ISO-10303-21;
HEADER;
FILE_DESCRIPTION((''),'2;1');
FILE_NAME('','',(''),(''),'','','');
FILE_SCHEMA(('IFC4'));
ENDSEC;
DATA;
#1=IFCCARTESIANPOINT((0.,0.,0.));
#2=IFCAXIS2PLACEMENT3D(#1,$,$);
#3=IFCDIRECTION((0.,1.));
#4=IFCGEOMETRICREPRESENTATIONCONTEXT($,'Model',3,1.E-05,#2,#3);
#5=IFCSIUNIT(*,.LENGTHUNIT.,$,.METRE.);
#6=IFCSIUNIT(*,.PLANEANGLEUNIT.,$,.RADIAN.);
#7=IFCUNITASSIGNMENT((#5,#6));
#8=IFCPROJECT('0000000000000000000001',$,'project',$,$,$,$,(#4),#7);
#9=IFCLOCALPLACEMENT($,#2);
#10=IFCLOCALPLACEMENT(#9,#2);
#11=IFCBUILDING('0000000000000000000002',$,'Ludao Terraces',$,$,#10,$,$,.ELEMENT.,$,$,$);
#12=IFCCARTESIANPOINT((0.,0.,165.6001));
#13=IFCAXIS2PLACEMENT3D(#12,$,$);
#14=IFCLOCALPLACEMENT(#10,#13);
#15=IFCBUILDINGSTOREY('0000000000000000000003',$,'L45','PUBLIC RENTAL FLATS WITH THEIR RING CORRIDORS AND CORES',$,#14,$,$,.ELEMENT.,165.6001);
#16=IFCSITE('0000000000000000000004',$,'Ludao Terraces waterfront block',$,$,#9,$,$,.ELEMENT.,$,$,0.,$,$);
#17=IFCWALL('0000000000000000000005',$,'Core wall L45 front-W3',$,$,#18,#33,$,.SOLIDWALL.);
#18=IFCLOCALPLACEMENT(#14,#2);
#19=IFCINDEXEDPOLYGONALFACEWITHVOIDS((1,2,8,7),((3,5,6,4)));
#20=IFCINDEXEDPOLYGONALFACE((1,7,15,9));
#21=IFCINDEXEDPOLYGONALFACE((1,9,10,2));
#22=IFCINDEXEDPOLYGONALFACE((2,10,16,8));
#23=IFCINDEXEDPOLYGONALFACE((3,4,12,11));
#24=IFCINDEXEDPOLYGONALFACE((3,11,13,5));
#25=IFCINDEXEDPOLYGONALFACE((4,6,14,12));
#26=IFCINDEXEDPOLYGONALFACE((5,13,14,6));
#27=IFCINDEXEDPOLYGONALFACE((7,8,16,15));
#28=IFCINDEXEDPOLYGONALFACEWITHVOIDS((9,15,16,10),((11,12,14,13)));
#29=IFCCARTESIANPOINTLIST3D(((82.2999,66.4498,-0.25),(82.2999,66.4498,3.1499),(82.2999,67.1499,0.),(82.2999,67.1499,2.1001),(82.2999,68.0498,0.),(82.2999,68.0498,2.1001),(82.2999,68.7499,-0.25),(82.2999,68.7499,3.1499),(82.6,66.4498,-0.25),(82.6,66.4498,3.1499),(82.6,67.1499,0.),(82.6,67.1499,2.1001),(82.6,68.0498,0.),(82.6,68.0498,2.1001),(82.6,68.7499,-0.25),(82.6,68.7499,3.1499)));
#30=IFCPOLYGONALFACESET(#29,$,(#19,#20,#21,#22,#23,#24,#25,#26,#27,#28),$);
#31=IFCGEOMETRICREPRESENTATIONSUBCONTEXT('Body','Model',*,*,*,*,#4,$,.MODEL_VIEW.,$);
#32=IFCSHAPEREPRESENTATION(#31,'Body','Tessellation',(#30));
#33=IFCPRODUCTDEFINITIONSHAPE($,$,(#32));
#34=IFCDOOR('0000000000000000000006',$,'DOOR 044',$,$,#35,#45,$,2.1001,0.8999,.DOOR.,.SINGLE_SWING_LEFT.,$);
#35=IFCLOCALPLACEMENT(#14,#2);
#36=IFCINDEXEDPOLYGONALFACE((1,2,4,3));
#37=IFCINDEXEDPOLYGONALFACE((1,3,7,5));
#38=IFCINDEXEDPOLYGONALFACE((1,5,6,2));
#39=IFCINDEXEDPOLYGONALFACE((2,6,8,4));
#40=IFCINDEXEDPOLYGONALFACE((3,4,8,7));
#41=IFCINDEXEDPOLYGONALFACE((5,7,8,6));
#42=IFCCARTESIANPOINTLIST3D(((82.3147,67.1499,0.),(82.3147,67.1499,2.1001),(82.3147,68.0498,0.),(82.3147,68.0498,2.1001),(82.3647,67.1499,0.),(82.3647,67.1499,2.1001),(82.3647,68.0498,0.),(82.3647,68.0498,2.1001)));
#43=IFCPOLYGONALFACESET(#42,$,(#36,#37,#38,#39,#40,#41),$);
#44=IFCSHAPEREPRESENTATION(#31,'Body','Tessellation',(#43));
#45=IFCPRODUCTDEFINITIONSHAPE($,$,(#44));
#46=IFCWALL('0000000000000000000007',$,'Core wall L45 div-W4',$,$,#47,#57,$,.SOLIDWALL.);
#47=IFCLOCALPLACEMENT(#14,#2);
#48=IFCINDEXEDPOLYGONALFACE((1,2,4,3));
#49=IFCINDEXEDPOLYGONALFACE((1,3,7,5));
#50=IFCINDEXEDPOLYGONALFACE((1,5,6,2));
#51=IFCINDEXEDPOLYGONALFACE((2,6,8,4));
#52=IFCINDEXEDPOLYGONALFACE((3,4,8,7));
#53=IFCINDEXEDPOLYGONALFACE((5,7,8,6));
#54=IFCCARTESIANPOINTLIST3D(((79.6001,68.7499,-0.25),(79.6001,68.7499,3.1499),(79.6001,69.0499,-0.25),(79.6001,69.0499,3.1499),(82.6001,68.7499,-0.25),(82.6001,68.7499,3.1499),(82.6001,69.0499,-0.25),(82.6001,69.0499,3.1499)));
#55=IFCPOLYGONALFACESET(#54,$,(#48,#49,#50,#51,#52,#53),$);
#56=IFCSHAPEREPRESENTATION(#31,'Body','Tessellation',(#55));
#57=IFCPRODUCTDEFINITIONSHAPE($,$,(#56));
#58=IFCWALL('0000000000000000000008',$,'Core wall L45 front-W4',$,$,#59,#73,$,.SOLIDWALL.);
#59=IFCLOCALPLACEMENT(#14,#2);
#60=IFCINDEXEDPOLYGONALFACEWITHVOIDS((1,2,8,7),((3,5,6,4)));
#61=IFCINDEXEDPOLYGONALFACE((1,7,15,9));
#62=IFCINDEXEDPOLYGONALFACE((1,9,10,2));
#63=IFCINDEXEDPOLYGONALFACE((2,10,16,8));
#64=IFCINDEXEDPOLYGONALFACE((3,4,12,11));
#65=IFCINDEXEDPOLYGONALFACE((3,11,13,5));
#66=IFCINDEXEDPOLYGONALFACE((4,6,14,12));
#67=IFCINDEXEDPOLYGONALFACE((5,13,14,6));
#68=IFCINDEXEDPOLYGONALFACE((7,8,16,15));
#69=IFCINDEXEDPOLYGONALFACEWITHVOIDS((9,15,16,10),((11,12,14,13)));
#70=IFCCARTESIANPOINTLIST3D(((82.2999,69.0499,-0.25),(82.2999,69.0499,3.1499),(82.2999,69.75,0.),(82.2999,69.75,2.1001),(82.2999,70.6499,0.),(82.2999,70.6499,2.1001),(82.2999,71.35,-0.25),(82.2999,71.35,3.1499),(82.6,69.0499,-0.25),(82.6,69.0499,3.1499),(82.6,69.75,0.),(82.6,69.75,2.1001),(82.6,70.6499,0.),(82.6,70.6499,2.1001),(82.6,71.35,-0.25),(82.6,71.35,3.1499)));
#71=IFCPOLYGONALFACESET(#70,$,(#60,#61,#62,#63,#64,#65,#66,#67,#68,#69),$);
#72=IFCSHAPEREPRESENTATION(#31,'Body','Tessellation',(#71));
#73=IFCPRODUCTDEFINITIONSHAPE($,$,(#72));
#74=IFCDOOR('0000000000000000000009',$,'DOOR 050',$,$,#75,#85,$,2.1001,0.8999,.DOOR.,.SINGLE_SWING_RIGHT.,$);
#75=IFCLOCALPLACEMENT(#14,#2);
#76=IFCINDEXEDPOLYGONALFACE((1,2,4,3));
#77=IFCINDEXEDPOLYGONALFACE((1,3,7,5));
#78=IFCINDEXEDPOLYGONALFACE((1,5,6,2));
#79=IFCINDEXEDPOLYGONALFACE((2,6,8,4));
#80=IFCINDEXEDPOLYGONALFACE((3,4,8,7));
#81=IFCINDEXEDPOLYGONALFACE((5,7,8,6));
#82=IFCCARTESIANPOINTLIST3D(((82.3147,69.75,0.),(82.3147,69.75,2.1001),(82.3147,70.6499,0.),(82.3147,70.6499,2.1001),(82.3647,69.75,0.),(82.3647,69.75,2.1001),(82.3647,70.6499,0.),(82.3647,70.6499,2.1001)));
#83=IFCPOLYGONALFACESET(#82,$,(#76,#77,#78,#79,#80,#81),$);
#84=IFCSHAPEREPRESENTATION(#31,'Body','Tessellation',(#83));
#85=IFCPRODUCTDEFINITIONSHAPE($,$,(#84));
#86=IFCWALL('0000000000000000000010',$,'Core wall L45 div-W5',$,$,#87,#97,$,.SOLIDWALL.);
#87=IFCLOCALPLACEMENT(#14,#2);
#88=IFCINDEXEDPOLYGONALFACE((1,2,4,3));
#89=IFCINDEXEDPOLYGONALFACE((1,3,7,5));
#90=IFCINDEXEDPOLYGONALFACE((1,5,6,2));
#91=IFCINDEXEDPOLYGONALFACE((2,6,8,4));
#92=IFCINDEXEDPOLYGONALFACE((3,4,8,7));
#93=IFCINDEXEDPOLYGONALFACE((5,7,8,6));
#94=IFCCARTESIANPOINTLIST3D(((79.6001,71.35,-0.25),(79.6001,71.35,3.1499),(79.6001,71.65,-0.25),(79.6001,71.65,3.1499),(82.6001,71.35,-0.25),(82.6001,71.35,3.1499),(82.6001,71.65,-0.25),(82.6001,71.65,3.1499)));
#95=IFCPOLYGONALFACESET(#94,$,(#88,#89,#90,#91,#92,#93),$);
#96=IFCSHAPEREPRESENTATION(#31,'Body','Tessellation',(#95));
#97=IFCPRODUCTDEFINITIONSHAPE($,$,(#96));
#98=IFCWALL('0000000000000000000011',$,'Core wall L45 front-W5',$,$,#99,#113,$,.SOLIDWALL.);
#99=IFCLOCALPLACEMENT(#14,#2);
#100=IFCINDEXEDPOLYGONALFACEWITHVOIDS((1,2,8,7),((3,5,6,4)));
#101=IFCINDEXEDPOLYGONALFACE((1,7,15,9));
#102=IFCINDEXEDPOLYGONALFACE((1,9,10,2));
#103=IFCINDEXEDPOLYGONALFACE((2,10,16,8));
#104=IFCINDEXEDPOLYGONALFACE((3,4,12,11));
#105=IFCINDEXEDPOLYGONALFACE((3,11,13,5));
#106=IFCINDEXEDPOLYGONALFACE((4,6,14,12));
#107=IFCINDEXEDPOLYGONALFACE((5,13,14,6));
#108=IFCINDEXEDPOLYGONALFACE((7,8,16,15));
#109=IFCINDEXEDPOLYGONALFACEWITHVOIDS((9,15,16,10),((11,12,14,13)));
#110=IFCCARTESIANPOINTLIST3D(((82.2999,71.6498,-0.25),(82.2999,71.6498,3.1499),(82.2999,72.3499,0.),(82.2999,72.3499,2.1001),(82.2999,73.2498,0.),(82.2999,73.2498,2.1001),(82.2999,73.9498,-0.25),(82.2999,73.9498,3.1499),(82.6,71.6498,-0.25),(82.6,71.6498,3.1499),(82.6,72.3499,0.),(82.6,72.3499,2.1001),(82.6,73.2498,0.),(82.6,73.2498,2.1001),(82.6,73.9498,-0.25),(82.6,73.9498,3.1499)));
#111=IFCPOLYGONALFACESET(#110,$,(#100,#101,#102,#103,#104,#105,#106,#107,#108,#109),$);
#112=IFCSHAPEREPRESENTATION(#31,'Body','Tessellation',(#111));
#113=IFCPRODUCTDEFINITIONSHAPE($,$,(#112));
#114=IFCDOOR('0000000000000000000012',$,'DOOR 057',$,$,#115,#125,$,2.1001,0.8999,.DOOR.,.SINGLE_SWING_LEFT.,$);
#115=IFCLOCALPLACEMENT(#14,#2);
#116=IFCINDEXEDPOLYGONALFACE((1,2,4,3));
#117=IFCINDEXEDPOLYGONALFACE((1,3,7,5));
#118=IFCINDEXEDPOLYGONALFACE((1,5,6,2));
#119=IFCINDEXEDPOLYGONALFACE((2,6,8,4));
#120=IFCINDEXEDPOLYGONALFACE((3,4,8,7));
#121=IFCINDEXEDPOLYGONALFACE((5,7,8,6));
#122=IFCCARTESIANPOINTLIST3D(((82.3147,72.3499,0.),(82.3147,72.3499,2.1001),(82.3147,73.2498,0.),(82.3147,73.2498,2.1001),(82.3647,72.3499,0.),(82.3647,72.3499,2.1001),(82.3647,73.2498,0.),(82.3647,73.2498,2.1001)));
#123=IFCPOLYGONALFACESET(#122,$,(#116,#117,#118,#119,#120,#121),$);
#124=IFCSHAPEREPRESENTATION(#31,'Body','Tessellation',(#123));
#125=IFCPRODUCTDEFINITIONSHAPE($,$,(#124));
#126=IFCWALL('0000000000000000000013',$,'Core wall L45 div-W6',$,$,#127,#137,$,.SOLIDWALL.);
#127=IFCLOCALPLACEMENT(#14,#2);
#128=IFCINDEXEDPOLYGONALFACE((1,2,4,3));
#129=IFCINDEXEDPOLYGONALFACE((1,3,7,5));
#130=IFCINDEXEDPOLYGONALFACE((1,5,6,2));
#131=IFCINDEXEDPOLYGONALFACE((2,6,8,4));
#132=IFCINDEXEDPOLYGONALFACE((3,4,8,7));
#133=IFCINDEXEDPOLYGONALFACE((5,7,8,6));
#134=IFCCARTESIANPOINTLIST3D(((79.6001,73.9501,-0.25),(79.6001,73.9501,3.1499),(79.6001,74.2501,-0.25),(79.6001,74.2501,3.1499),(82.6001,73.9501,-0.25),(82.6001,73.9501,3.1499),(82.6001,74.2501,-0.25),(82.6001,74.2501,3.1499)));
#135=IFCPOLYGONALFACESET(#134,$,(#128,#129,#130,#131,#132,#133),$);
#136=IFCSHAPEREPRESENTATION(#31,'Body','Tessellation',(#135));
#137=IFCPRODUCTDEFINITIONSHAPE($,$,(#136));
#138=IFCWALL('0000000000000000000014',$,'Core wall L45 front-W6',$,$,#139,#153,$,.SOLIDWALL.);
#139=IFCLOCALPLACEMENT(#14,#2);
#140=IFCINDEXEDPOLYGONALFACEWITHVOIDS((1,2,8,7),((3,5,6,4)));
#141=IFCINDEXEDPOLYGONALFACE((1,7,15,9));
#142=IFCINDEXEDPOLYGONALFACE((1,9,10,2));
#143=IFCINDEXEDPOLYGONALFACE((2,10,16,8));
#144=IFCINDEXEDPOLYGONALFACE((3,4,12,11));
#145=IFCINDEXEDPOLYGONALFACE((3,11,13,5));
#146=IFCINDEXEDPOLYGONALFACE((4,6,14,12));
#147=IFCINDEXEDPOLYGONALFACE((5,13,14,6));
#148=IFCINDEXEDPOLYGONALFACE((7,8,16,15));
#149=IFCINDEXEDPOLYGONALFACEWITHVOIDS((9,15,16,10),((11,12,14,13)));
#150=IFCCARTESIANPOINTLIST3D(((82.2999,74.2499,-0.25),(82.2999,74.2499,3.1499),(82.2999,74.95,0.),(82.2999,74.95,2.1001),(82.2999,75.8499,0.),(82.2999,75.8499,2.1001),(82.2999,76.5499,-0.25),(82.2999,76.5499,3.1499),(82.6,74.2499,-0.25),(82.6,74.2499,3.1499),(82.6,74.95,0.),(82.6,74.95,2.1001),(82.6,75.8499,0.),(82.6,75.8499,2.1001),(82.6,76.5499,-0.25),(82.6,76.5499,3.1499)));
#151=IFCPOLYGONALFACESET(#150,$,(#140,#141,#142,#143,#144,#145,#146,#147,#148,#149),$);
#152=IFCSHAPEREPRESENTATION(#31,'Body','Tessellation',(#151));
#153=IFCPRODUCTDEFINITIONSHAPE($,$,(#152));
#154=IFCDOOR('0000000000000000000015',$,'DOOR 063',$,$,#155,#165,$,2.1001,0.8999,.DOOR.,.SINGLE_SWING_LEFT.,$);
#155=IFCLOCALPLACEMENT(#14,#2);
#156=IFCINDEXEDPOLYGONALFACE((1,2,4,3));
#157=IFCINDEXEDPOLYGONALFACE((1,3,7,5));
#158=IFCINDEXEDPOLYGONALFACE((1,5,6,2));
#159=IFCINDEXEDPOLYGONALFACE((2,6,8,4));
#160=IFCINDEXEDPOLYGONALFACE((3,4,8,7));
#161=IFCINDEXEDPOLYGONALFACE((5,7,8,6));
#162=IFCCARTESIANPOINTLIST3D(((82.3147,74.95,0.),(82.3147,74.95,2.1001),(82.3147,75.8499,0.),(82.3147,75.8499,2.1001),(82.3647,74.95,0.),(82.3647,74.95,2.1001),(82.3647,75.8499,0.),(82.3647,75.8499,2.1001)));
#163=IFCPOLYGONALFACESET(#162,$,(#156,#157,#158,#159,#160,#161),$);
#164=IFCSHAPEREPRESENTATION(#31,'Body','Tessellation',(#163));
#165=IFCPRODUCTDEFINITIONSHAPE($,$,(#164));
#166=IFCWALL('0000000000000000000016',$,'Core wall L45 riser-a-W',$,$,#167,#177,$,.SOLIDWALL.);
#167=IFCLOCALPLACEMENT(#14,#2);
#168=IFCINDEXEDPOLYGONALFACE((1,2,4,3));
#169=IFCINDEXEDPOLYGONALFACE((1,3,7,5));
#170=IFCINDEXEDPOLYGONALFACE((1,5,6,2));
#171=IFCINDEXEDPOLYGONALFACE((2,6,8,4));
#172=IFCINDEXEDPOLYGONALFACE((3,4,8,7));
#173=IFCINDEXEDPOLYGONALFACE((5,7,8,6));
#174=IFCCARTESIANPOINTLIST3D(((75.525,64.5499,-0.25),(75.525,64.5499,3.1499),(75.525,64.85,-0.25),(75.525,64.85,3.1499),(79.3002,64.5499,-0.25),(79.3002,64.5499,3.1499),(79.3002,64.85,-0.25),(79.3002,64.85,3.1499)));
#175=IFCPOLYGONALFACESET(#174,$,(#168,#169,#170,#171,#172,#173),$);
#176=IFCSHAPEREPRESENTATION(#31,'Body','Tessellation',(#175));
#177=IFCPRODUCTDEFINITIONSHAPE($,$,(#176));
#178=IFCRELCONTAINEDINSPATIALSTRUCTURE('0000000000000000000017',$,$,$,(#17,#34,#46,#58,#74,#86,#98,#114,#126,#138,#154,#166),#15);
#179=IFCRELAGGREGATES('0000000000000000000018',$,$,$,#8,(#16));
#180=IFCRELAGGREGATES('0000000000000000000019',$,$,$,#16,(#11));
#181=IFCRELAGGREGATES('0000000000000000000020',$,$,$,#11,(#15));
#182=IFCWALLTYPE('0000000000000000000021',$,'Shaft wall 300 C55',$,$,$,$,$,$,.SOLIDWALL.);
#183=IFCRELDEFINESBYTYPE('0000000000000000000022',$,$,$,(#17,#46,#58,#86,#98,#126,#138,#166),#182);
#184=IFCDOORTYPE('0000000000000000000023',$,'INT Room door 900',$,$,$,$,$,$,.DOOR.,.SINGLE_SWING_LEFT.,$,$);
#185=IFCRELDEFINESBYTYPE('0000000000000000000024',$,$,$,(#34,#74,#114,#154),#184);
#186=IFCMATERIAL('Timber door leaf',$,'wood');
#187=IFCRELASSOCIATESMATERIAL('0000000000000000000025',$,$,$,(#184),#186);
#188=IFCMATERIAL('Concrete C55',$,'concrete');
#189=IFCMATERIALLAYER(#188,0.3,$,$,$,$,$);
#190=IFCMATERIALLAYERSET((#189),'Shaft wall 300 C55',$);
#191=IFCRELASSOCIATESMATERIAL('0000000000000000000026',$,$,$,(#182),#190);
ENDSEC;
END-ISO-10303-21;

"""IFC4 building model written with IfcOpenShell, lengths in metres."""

from ifc_helpers import new_model, si_unit, direction, frame, frame_2d, origin, place, context, subcontext, project, spatial, rectangle, extrude, material, layer, layer_set, type_object, element, fill, save


model = new_model("IFC4")

# Units and contexts
model_context = context("Model", 3, precision=1e-05, world=origin(), true_north=direction((0.0, 1.0)))
body_context = subcontext(model_context, "Body", "Model", "MODEL_VIEW")
ifc_project = project(units=[si_unit("LENGTHUNIT", "METRE"), si_unit("PLANEANGLEUNIT", "RADIAN")], contexts=[model_context])

# Site, building, storey
site_placement = place(None, origin())
site = spatial("IfcSite", under=ifc_project, at=site_placement, Name="Ludao Terraces waterfront block", CompositionType="ELEMENT", RefElevation=0.0)
building_placement = place(site_placement, origin())
building = spatial("IfcBuilding", under=site, at=building_placement, Name="Ludao Terraces", CompositionType="ELEMENT")
storey_placement = place(building_placement, frame((0.0, 0.0, 165.6001)))
storey = spatial("IfcBuildingStorey", under=building, at=storey_placement, Name="L45", Description="PUBLIC RENTAL FLATS WITH THEIR RING CORRIDORS AND CORES", CompositionType="ELEMENT", Elevation=165.6001)

# Shared definitions
ifc_material_1 = material(Name="Timber door leaf", Category="wood")
door_type_1 = type_object("IfcDoorType", Name="INT Room door 900", OperationType="SINGLE_SWING_LEFT", PredefinedType="DOOR", material=ifc_material_1)

# Shared definitions
ifc_material_2 = material(Name="Concrete C55", Category="concrete")
ifc_layer_1 = layer(ifc_material_2, 0.3)
ifc_layer_set_1 = layer_set([ifc_layer_1], Name="Shaft wall 300 C55")
wall_type_1 = type_object("IfcWallType", Name="Shaft wall 300 C55", PredefinedType="SOLIDWALL", material=ifc_layer_set_1)

# Wall, opening, door
wall_1_placement = place(storey_placement, frame((82.45, 66.45, -0.25), z_axis=(0.0, 0.0, 1.0), x_axis=(0.0, 1.0, 0.0)))
wall_1 = element("IfcWall", 1, at=wall_1_placement, inside=storey, type_object=wall_type_1, Name="Core wall L45 front-W3", PredefinedType="SOLIDWALL", context=body_context, shape_type="SweptSolid", body=[
    extrude(rectangle(XDim=2.3, YDim=0.3, at=frame_2d((1.1499, 0.0))), origin(), (0.0, 0.0, 1.0), 3.3999),
])
opening_1_placement = place(wall_1_placement, frame((0.7, 0.0, 0.25)))
opening_1 = element("IfcOpeningElement", 2, at=opening_1_placement, cuts=wall_1, PredefinedType="OPENING", context=body_context, shape_type="SweptSolid", body=[
    extrude(rectangle(XDim=0.8999, YDim=2.1001, at=frame_2d((0.45, 1.05))), frame((0.0, 0.1602, 0.0), z_axis=(0.0, -1.0, 0.0), x_axis=(1.0, 0.0, 0.0)), (0.0, 0.0, 1.0), 0.3201),
])
door_1_placement = place(opening_1_placement, origin())
door_1 = element("IfcDoor", 3, at=door_1_placement, inside=storey, type_object=door_type_1, Name="DOOR 044", OperationType="SINGLE_SWING_LEFT", OverallHeight=2.1001, OverallWidth=0.8999, PredefinedType="DOOR", context=body_context, shape_type="SweptSolid", body=[
    extrude(rectangle(XDim=0.8999, YDim=2.1001, at=frame_2d((0.45, 1.05))), frame((0.0, 0.1353, 0.0), z_axis=(0.0, -1.0, 0.0), x_axis=(1.0, 0.0, 0.0)), (0.0, 0.0, 1.0), 0.05),
])
fill(opening_1, door_1)

# Wall
wall_2_placement = place(storey_placement, frame((79.6001, 68.8999, -0.25), z_axis=(0.0, 0.0, 1.0), x_axis=(1.0, 0.0, 0.0)))
element("IfcWall", 4, at=wall_2_placement, inside=storey, type_object=wall_type_1, Name="Core wall L45 div-W4", PredefinedType="SOLIDWALL", context=body_context, shape_type="SweptSolid", body=[
    extrude(rectangle(XDim=3.0, YDim=0.3, at=frame_2d((1.5, 0.0))), origin(), (0.0, 0.0, 1.0), 3.3999),
])

# Wall, opening, door
wall_3_placement = place(storey_placement, frame((82.45, 69.05, -0.25), z_axis=(0.0, 0.0, 1.0), x_axis=(0.0, 1.0, 0.0)))
wall_3 = element("IfcWall", 5, at=wall_3_placement, inside=storey, type_object=wall_type_1, Name="Core wall L45 front-W4", PredefinedType="SOLIDWALL", context=body_context, shape_type="SweptSolid", body=[
    extrude(rectangle(XDim=2.3, YDim=0.3, at=frame_2d((1.1499, 0.0))), origin(), (0.0, 0.0, 1.0), 3.3999),
])
opening_2_placement = place(wall_3_placement, frame((0.7, 0.0, 0.25)))
opening_2 = element("IfcOpeningElement", 6, at=opening_2_placement, cuts=wall_3, PredefinedType="OPENING", context=body_context, shape_type="SweptSolid", body=[
    extrude(rectangle(XDim=0.8999, YDim=2.1001, at=frame_2d((0.45, 1.05))), frame((0.0, 0.1602, 0.0), z_axis=(0.0, -1.0, 0.0), x_axis=(1.0, 0.0, 0.0)), (0.0, 0.0, 1.0), 0.3201),
])
door_2_placement = place(opening_2_placement, origin())
door_2 = element("IfcDoor", 7, at=door_2_placement, inside=storey, type_object=door_type_1, Name="DOOR 050", OperationType="SINGLE_SWING_RIGHT", OverallHeight=2.1001, OverallWidth=0.8999, PredefinedType="DOOR", context=body_context, shape_type="SweptSolid", body=[
    extrude(rectangle(XDim=0.8999, YDim=2.1001, at=frame_2d((0.45, 1.05))), frame((0.0, 0.1353, 0.0), z_axis=(0.0, -1.0, 0.0), x_axis=(1.0, 0.0, 0.0)), (0.0, 0.0, 1.0), 0.05),
])
fill(opening_2, door_2)

# Wall
wall_4_placement = place(storey_placement, frame((79.6001, 71.5, -0.25), z_axis=(0.0, 0.0, 1.0), x_axis=(1.0, 0.0, 0.0)))
element("IfcWall", 8, at=wall_4_placement, inside=storey, type_object=wall_type_1, Name="Core wall L45 div-W5", PredefinedType="SOLIDWALL", context=body_context, shape_type="SweptSolid", body=[
    extrude(rectangle(XDim=3.0, YDim=0.3, at=frame_2d((1.5, 0.0))), origin(), (0.0, 0.0, 1.0), 3.3999),
])

# Wall, opening, door
wall_5_placement = place(storey_placement, frame((82.45, 71.6499, -0.25), z_axis=(0.0, 0.0, 1.0), x_axis=(0.0, 1.0, 0.0)))
wall_5 = element("IfcWall", 9, at=wall_5_placement, inside=storey, type_object=wall_type_1, Name="Core wall L45 front-W5", PredefinedType="SOLIDWALL", context=body_context, shape_type="SweptSolid", body=[
    extrude(rectangle(XDim=2.3, YDim=0.3, at=frame_2d((1.1499, 0.0))), origin(), (0.0, 0.0, 1.0), 3.3999),
])
opening_3_placement = place(wall_5_placement, frame((0.7, 0.0, 0.25)))
opening_3 = element("IfcOpeningElement", 10, at=opening_3_placement, cuts=wall_5, PredefinedType="OPENING", context=body_context, shape_type="SweptSolid", body=[
    extrude(rectangle(XDim=0.8999, YDim=2.1001, at=frame_2d((0.45, 1.05))), frame((0.0, 0.1602, 0.0), z_axis=(0.0, -1.0, 0.0), x_axis=(1.0, 0.0, 0.0)), (0.0, 0.0, 1.0), 0.3201),
])
door_3_placement = place(opening_3_placement, origin())
door_3 = element("IfcDoor", 11, at=door_3_placement, inside=storey, type_object=door_type_1, Name="DOOR 057", OperationType="SINGLE_SWING_LEFT", OverallHeight=2.1001, OverallWidth=0.8999, PredefinedType="DOOR", context=body_context, shape_type="SweptSolid", body=[
    extrude(rectangle(XDim=0.8999, YDim=2.1001, at=frame_2d((0.45, 1.05))), frame((0.0, 0.1353, 0.0), z_axis=(0.0, -1.0, 0.0), x_axis=(1.0, 0.0, 0.0)), (0.0, 0.0, 1.0), 0.05),
])
fill(opening_3, door_3)

# Wall
wall_6_placement = place(storey_placement, frame((79.6001, 74.1001, -0.25), z_axis=(0.0, 0.0, 1.0), x_axis=(1.0, 0.0, 0.0)))
element("IfcWall", 12, at=wall_6_placement, inside=storey, type_object=wall_type_1, Name="Core wall L45 div-W6", PredefinedType="SOLIDWALL", context=body_context, shape_type="SweptSolid", body=[
    extrude(rectangle(XDim=3.0, YDim=0.3, at=frame_2d((1.5, 0.0))), origin(), (0.0, 0.0, 1.0), 3.3999),
])

# Wall, opening, door
wall_7_placement = place(storey_placement, frame((82.45, 74.25, -0.25), z_axis=(0.0, 0.0, 1.0), x_axis=(0.0, 1.0, 0.0)))
wall_7 = element("IfcWall", 13, at=wall_7_placement, inside=storey, type_object=wall_type_1, Name="Core wall L45 front-W6", PredefinedType="SOLIDWALL", context=body_context, shape_type="SweptSolid", body=[
    extrude(rectangle(XDim=2.3, YDim=0.3, at=frame_2d((1.1499, 0.0))), origin(), (0.0, 0.0, 1.0), 3.3999),
])
opening_4_placement = place(wall_7_placement, frame((0.7, 0.0, 0.25)))
opening_4 = element("IfcOpeningElement", 14, at=opening_4_placement, cuts=wall_7, PredefinedType="OPENING", context=body_context, shape_type="SweptSolid", body=[
    extrude(rectangle(XDim=0.8999, YDim=2.1001, at=frame_2d((0.45, 1.05))), frame((0.0, 0.1602, 0.0), z_axis=(0.0, -1.0, 0.0), x_axis=(1.0, 0.0, 0.0)), (0.0, 0.0, 1.0), 0.3201),
])
door_4_placement = place(opening_4_placement, origin())
door_4 = element("IfcDoor", 15, at=door_4_placement, inside=storey, type_object=door_type_1, Name="DOOR 063", OperationType="SINGLE_SWING_LEFT", OverallHeight=2.1001, OverallWidth=0.8999, PredefinedType="DOOR", context=body_context, shape_type="SweptSolid", body=[
    extrude(rectangle(XDim=0.8999, YDim=2.1001, at=frame_2d((0.45, 1.05))), frame((0.0, 0.1353, 0.0), z_axis=(0.0, -1.0, 0.0), x_axis=(1.0, 0.0, 0.0)), (0.0, 0.0, 1.0), 0.05),
])
fill(opening_4, door_4)

# Wall
for number, where, z_axis, x_axis, name in (
    (16, (75.5249, 64.7, -0.25), (0.0, 0.0, 1.0), (1.0, 0.0, 0.0), "Core wall L45 riser-a-W"),
):
    element("IfcWall", number, at=place(storey_placement, frame(where, z_axis=z_axis, x_axis=x_axis)), inside=storey, type_object=wall_type_1, Name=name, PredefinedType="SOLIDWALL", context=body_context, shape_type="SweptSolid", body=[
        extrude(rectangle(XDim=3.7751, YDim=0.3, at=frame_2d((1.8877, 0.0))), origin(), (0.0, 0.0, 1.0), 3.3999),
    ])

save(model, "model.ifc")
